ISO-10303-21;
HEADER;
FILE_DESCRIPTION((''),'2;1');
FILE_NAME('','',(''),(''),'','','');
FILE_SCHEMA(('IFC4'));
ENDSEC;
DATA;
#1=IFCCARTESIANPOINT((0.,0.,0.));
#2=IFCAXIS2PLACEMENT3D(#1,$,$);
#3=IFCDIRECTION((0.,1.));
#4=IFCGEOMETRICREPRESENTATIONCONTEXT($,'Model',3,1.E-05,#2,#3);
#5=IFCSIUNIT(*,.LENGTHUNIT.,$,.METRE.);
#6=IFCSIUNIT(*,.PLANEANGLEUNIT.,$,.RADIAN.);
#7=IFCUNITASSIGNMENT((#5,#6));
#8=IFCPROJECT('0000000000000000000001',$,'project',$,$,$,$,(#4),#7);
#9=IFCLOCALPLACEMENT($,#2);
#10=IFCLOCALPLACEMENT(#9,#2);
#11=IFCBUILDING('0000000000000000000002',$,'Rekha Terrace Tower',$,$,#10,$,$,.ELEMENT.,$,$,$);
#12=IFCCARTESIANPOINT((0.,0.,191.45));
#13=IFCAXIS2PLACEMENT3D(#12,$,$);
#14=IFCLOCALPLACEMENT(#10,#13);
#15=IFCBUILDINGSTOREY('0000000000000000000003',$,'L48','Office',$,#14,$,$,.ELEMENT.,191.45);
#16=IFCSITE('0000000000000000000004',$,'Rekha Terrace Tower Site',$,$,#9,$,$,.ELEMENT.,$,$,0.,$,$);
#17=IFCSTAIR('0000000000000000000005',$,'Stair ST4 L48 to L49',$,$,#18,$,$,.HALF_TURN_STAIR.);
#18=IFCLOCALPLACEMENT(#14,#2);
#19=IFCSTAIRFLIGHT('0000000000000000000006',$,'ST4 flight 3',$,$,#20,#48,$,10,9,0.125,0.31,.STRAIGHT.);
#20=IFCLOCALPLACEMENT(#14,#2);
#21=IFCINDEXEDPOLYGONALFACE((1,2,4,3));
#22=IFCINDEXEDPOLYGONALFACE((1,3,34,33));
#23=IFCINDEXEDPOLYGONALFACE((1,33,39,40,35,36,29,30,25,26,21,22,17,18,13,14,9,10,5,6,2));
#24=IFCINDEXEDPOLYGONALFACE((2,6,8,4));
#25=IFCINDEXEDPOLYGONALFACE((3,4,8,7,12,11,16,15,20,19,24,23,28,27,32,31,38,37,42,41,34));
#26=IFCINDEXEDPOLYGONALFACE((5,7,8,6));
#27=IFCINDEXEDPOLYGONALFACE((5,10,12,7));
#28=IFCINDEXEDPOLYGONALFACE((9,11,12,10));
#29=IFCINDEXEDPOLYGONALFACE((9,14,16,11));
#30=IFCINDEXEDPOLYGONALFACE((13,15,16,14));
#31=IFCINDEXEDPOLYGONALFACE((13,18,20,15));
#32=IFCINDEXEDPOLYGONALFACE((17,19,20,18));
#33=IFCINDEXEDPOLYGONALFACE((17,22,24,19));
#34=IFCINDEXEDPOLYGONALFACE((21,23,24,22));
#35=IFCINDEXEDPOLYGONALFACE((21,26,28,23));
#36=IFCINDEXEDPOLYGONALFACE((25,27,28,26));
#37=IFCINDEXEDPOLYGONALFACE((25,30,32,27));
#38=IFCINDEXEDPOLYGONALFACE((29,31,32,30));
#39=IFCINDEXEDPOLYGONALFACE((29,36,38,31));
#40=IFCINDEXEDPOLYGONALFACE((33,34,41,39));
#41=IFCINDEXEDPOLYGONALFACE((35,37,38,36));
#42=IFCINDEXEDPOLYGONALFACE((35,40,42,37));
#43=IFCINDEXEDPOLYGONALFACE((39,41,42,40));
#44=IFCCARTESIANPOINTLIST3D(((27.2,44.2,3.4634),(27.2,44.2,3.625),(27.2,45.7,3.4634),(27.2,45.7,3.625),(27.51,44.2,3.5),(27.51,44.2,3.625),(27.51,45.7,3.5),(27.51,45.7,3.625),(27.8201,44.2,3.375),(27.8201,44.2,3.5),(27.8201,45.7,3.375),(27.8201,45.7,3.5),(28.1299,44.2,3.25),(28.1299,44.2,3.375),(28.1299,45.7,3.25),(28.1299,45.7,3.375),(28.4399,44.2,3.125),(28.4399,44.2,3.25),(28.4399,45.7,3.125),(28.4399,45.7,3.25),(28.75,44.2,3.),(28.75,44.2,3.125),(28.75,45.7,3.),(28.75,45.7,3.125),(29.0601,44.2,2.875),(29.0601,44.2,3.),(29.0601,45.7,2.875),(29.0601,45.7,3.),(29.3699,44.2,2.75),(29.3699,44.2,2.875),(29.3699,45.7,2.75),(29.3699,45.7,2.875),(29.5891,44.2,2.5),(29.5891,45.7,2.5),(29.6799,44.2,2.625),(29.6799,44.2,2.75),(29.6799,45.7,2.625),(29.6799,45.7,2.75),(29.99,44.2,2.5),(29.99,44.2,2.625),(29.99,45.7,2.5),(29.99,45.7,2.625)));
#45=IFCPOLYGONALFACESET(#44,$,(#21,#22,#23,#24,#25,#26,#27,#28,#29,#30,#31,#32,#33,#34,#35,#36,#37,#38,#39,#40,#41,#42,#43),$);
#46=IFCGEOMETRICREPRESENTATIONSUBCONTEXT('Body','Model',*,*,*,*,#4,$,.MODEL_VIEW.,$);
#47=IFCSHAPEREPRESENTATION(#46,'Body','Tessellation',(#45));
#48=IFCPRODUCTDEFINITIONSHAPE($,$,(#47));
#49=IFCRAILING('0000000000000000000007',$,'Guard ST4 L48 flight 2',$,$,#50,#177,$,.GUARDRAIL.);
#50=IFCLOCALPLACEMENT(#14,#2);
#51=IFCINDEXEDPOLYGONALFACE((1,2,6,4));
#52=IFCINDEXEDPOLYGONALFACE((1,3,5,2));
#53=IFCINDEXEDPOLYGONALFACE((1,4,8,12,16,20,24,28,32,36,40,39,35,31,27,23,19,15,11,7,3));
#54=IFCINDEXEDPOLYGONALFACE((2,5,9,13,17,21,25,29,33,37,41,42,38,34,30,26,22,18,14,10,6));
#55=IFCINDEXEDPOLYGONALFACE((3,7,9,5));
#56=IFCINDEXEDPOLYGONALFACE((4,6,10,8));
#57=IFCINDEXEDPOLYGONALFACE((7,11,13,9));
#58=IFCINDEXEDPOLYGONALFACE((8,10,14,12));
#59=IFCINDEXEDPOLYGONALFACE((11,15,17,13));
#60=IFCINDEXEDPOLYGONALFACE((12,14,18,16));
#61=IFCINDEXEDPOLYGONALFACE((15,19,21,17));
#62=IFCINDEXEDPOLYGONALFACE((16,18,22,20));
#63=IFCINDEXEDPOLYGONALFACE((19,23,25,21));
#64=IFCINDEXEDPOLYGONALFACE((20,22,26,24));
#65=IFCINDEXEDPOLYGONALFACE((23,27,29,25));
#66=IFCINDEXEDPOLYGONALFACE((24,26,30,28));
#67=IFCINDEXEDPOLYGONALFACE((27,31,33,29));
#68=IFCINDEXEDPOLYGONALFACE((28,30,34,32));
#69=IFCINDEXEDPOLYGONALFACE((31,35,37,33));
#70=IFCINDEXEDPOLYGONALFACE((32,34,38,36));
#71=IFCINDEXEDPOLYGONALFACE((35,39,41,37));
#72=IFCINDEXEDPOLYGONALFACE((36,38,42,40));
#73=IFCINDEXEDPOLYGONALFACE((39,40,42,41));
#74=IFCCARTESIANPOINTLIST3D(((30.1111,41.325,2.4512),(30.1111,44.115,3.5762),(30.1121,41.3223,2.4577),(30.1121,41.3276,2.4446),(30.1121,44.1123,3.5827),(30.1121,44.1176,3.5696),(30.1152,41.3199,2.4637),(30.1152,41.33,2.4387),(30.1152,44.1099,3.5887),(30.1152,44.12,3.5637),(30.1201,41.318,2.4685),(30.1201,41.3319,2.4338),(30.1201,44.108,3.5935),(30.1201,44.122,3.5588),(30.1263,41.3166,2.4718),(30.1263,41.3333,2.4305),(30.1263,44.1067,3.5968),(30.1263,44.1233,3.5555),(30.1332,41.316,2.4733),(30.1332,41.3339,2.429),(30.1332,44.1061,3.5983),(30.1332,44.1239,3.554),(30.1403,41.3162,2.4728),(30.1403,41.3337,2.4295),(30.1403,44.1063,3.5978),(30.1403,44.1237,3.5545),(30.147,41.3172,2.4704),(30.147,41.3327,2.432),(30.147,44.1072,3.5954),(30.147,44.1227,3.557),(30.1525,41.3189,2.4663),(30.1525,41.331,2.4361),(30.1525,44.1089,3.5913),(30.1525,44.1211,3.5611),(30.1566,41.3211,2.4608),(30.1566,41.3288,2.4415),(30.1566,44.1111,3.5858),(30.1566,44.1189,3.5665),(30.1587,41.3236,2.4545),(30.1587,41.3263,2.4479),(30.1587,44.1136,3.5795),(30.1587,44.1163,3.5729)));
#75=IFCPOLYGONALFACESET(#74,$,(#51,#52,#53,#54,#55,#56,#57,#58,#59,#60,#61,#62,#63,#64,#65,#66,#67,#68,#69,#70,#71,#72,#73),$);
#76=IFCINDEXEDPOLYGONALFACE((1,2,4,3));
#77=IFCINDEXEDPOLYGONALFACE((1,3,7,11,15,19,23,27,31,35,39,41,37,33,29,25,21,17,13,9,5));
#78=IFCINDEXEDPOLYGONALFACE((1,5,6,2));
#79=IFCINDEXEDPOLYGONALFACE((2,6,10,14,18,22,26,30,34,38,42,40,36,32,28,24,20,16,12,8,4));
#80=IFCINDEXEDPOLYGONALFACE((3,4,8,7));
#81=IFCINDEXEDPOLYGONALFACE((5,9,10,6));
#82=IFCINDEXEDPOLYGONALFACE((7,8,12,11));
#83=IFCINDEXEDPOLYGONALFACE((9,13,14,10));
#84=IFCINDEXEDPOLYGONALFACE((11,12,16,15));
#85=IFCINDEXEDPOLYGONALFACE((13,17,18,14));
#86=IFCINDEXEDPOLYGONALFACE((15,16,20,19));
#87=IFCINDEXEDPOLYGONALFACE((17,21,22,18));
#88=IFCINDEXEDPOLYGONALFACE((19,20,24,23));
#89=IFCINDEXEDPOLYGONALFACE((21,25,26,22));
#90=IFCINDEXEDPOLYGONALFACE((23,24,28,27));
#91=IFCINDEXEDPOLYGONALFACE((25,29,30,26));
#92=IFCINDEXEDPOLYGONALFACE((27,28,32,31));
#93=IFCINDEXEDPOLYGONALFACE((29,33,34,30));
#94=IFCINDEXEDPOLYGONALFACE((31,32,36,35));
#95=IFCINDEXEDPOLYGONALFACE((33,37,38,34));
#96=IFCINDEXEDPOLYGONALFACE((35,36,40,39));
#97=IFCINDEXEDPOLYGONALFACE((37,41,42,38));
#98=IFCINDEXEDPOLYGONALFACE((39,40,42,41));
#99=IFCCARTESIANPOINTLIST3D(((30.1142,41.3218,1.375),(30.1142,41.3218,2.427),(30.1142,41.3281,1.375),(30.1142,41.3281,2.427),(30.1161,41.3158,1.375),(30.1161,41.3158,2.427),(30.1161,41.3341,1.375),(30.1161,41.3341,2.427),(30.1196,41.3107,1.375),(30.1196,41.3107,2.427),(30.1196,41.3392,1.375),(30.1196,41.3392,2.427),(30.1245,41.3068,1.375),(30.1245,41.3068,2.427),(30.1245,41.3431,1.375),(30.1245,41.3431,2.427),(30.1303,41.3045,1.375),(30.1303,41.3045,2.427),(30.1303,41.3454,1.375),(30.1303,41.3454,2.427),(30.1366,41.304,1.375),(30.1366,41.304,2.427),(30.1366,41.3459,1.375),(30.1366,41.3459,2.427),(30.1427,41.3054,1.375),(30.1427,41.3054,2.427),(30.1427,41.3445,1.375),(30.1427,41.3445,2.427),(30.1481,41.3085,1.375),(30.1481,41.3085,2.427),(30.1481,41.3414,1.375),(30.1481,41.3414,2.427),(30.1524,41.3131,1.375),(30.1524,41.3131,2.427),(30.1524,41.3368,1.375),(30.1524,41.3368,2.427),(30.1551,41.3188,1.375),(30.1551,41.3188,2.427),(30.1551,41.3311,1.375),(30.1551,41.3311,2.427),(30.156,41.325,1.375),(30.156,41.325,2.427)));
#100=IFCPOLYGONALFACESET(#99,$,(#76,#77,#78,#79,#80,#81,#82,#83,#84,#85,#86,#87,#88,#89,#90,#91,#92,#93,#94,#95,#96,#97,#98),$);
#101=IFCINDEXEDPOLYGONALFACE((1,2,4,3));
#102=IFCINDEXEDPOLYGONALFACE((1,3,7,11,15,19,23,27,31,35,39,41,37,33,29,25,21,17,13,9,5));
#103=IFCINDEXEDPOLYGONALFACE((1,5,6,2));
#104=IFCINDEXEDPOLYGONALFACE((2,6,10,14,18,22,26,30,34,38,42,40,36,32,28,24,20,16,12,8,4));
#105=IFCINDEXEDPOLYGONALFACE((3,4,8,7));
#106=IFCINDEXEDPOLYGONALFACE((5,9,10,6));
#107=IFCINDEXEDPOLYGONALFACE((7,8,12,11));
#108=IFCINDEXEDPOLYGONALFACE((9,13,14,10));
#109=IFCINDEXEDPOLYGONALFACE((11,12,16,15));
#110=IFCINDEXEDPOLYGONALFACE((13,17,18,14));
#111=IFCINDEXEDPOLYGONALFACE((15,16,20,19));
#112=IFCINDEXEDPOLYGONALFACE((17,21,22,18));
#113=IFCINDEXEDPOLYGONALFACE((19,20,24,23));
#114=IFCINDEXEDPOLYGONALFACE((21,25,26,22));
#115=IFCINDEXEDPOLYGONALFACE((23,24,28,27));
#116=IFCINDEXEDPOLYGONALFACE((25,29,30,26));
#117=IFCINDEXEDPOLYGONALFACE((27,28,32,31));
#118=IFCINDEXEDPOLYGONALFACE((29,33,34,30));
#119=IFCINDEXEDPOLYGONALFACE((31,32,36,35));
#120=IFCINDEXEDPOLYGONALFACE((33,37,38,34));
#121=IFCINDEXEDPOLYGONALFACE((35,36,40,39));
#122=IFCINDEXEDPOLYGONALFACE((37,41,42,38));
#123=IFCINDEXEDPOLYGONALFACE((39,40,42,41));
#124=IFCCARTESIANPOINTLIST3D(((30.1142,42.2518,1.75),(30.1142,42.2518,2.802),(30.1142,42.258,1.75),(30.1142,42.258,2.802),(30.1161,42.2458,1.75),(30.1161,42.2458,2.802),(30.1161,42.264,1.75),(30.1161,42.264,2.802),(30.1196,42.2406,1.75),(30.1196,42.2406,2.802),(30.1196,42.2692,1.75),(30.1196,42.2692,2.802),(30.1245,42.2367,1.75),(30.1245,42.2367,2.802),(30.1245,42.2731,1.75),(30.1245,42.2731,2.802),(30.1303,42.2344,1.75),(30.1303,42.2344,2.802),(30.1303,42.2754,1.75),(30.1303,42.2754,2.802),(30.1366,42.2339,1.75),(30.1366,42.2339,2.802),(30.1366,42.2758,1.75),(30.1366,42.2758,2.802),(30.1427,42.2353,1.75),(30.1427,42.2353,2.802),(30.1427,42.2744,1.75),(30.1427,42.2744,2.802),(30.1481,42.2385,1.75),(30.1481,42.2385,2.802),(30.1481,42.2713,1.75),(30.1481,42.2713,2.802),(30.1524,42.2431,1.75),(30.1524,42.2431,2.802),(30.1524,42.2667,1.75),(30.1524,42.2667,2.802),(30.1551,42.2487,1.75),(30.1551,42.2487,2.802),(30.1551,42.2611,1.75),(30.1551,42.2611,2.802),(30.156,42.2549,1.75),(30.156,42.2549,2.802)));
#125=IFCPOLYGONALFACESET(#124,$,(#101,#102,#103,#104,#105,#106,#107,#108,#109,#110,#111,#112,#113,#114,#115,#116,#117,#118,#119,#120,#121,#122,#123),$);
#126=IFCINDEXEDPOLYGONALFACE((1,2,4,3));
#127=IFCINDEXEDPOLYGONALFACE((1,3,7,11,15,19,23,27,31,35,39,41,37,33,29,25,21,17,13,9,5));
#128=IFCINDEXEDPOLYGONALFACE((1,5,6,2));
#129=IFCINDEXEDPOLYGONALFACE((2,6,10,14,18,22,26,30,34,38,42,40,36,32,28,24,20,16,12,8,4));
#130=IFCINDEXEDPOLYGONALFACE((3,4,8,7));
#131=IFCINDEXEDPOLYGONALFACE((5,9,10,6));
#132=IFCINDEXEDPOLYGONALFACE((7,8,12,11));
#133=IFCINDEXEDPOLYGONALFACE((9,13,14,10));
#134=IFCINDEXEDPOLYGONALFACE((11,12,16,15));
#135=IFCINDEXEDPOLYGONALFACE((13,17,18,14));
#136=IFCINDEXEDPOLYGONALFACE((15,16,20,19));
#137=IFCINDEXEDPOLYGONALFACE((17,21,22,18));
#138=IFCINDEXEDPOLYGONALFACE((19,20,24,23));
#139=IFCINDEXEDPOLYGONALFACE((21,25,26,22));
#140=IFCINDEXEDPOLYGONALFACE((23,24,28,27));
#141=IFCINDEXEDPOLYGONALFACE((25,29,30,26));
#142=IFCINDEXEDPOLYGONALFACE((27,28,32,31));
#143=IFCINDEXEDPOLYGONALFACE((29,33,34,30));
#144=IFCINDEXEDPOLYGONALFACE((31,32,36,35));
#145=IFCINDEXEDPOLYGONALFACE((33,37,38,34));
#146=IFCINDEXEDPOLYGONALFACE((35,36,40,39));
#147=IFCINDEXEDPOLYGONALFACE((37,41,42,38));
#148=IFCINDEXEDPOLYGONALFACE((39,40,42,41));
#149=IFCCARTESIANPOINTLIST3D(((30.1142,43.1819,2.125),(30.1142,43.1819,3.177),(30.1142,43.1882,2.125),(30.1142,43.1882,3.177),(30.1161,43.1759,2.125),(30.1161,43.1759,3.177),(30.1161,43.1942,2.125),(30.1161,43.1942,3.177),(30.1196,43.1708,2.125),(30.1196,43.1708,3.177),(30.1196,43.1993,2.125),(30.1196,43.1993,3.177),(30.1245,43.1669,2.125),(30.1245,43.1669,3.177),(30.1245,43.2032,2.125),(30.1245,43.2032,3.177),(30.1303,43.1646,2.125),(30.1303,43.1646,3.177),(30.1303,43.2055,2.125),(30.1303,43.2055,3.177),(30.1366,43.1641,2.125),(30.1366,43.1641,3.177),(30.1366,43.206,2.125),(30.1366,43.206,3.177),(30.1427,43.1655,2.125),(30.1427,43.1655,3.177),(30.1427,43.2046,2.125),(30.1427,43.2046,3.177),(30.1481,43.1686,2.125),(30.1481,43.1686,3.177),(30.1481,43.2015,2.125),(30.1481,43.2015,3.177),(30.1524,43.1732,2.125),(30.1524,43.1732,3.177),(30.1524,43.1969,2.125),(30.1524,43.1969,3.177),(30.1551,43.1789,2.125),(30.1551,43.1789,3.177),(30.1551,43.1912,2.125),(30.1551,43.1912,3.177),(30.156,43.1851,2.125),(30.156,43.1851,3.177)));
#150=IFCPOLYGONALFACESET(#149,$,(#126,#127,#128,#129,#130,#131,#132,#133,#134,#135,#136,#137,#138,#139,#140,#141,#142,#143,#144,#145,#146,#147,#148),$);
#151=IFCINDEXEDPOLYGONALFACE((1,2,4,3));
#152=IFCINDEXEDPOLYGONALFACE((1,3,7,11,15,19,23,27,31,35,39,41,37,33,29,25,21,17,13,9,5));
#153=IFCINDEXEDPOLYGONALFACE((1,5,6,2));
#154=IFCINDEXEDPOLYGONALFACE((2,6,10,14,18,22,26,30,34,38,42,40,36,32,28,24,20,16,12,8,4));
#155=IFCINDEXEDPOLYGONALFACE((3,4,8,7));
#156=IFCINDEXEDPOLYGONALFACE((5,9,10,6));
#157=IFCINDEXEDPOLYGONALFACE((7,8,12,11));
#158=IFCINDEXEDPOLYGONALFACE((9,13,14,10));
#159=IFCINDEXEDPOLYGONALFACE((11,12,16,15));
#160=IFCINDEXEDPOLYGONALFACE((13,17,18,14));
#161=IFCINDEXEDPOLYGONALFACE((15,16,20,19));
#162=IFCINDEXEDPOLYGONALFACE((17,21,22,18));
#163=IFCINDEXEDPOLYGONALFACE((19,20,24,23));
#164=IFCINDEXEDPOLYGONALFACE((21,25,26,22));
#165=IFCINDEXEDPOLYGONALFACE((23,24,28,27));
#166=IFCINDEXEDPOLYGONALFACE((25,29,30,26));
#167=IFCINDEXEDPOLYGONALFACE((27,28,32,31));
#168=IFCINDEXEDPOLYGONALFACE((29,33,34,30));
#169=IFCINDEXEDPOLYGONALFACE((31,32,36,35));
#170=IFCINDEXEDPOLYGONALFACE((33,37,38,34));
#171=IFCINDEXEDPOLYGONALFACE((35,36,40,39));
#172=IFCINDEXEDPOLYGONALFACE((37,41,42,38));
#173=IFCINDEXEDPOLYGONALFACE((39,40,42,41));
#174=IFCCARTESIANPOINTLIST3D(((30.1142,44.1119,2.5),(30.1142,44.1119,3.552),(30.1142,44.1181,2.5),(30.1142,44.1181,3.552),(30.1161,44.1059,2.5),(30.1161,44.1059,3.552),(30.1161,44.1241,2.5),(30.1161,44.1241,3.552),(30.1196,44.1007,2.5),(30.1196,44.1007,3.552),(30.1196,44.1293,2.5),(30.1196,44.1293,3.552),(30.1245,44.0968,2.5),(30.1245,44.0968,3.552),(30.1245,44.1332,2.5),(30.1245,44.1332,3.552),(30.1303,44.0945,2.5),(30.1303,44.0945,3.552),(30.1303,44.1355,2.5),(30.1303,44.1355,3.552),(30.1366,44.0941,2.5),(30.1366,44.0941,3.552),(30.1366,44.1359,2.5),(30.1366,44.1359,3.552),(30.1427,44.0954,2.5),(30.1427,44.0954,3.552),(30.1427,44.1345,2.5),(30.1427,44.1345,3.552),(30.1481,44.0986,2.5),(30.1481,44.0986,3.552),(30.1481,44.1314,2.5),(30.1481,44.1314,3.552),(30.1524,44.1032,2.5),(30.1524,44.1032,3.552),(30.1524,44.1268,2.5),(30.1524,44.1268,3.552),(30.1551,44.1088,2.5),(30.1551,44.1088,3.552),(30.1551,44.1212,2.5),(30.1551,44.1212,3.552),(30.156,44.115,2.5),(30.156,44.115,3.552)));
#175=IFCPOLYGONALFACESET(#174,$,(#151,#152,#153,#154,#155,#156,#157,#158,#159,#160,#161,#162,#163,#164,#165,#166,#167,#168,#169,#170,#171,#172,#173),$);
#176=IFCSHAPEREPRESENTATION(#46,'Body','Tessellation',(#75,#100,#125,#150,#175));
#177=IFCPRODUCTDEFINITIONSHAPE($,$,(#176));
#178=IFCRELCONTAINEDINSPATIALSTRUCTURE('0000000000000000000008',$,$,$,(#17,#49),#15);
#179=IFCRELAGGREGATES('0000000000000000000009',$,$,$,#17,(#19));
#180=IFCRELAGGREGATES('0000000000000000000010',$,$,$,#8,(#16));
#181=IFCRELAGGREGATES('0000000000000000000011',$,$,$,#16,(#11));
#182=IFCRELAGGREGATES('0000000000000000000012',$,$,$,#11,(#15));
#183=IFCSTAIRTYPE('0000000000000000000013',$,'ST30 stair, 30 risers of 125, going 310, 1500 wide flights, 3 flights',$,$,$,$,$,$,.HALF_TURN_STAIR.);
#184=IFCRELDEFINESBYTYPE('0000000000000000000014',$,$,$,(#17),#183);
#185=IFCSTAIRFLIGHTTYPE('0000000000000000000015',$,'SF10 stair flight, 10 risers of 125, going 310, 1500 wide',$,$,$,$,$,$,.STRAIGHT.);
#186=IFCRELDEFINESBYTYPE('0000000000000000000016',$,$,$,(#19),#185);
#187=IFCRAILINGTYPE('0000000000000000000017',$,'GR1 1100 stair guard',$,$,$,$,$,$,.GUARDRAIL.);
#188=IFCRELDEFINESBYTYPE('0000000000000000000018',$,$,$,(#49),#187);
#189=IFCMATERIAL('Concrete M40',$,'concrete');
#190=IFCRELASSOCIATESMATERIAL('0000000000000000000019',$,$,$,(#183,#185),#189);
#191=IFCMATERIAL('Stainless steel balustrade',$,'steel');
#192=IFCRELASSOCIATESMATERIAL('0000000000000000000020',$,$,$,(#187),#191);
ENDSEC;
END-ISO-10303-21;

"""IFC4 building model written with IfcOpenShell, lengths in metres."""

from ifc_helpers import new_model, si_unit, direction, frame, origin, origin_2d, place, context, subcontext, project, spatial, polyline, circle, outline, extrude, material, type_object, element, aggregate, save


model = new_model("IFC4")

# Units and contexts
model_context = context("Model", 3, precision=1e-05, world=origin(), true_north=direction((0.0, 1.0)))
body_context = subcontext(model_context, "Body", "Model", "MODEL_VIEW")
ifc_project = project(units=[si_unit("LENGTHUNIT", "METRE"), si_unit("PLANEANGLEUNIT", "RADIAN")], contexts=[model_context])

# Site, building, storey
site_placement = place(None, origin())
site = spatial("IfcSite", under=ifc_project, at=site_placement, Name="Rekha Terrace Tower Site", CompositionType="ELEMENT", RefElevation=0.0)
building_placement = place(site_placement, origin())
building = spatial("IfcBuilding", under=site, at=building_placement, Name="Rekha Terrace Tower", CompositionType="ELEMENT")
storey_placement = place(building_placement, frame((0.0, 0.0, 191.45)))
storey = spatial("IfcBuildingStorey", under=building, at=storey_placement, Name="L48", Description="Office", CompositionType="ELEMENT", Elevation=191.45)

# Stair, stair flight
ifc_material_1 = material(Name="Concrete M40", Category="concrete")
stair_type = type_object("IfcStairType", Name="ST30 stair, 30 risers of 125, going 310, 1500 wide flights, 3 flights", PredefinedType="HALF_TURN_STAIR", material=ifc_material_1)
stair_placement = place(storey_placement, origin())
stair = element("IfcStair", 1, at=stair_placement, inside=storey, type_object=stair_type, Name="Stair ST4 L48 to L49", PredefinedType="HALF_TURN_STAIR")
stair_flight_type = type_object("IfcStairFlightType", Name="SF10 stair flight, 10 risers of 125, going 310, 1500 wide", PredefinedType="STRAIGHT", material=ifc_material_1)
stair_flight_1_placement = place(storey_placement, frame((29.99, 44.95, 2.5), z_axis=(0.0, 0.0, 1.0), x_axis=(-1.0, 0.0, 0.0)))
stair_flight_1 = element("IfcStairFlight", 2, at=stair_flight_1_placement, type_object=stair_flight_type, Name="ST4 flight 3", NumberOfRisers=10, NumberOfTreads=9, PredefinedType="STRAIGHT", RiserHeight=0.125, TreadLength=0.31, context=body_context, shape_type="SweptSolid", body=[
    extrude(outline(polyline([(0.0, 0.0), (0.0, 0.125), (0.3101, 0.125), (0.3101, 0.25), (0.6201, 0.25), (0.6201, 0.375), (0.9299, 0.375), (0.9299, 0.5), (1.24, 0.5), (1.24, 0.625), (1.55, 0.625), (1.55, 0.75), (1.8601, 0.75), (1.8601, 0.875), (2.1699, 0.875), (2.1699, 1.0), (2.48, 1.0), (2.48, 1.125), (2.79, 1.125), (2.79, 1.25), (2.79, 0.9634), (0.4009, 0.0), (0.0, 0.0)])), frame((0.0, 0.75, 0.0), z_axis=(0.0, -1.0, 0.0), x_axis=(1.0, 0.0, 0.0)), (0.0, 0.0, 1.0), 1.5),
])
aggregate(stair, [stair_flight_1])

# Railing
ifc_material_2 = material(Name="Stainless steel balustrade", Category="steel")
railing_type_1 = type_object("IfcRailingType", Name="GR1 1100 stair guard", PredefinedType="GUARDRAIL", material=ifc_material_2)
railing_1_placement = place(storey_placement, frame((30.135, 41.325, 1.375)))
element("IfcRailing", 3, at=railing_1_placement, inside=storey, type_object=railing_type_1, Name="Guard ST4 L48 flight 2", PredefinedType="GUARDRAIL", context=body_context, shape_type="SweptSolid", body=[
    extrude(circle(Radius=0.0239, at=origin_2d()), frame((0.0, 0.0, 1.0762), z_axis=(0.0, 0.927443, 0.373964), x_axis=(-1.0, 0.0, 0.0)), (0.0, 0.0, 1.0), 3.0083),
    extrude(circle(Radius=0.021, at=origin_2d()), origin(), (0.0, 0.0, 1.0), 1.052),
    extrude(circle(Radius=0.021, at=origin_2d()), frame((0.0, 0.9299, 0.375)), (0.0, 0.0, 1.0), 1.052),
    extrude(circle(Radius=0.021, at=origin_2d()), frame((0.0, 1.8601, 0.75)), (0.0, 0.0, 1.0), 1.052),
    extrude(circle(Radius=0.021, at=origin_2d()), frame((0.0, 2.79, 1.125)), (0.0, 0.0, 1.0), 1.052),
])

save(model, "model.ifc")
